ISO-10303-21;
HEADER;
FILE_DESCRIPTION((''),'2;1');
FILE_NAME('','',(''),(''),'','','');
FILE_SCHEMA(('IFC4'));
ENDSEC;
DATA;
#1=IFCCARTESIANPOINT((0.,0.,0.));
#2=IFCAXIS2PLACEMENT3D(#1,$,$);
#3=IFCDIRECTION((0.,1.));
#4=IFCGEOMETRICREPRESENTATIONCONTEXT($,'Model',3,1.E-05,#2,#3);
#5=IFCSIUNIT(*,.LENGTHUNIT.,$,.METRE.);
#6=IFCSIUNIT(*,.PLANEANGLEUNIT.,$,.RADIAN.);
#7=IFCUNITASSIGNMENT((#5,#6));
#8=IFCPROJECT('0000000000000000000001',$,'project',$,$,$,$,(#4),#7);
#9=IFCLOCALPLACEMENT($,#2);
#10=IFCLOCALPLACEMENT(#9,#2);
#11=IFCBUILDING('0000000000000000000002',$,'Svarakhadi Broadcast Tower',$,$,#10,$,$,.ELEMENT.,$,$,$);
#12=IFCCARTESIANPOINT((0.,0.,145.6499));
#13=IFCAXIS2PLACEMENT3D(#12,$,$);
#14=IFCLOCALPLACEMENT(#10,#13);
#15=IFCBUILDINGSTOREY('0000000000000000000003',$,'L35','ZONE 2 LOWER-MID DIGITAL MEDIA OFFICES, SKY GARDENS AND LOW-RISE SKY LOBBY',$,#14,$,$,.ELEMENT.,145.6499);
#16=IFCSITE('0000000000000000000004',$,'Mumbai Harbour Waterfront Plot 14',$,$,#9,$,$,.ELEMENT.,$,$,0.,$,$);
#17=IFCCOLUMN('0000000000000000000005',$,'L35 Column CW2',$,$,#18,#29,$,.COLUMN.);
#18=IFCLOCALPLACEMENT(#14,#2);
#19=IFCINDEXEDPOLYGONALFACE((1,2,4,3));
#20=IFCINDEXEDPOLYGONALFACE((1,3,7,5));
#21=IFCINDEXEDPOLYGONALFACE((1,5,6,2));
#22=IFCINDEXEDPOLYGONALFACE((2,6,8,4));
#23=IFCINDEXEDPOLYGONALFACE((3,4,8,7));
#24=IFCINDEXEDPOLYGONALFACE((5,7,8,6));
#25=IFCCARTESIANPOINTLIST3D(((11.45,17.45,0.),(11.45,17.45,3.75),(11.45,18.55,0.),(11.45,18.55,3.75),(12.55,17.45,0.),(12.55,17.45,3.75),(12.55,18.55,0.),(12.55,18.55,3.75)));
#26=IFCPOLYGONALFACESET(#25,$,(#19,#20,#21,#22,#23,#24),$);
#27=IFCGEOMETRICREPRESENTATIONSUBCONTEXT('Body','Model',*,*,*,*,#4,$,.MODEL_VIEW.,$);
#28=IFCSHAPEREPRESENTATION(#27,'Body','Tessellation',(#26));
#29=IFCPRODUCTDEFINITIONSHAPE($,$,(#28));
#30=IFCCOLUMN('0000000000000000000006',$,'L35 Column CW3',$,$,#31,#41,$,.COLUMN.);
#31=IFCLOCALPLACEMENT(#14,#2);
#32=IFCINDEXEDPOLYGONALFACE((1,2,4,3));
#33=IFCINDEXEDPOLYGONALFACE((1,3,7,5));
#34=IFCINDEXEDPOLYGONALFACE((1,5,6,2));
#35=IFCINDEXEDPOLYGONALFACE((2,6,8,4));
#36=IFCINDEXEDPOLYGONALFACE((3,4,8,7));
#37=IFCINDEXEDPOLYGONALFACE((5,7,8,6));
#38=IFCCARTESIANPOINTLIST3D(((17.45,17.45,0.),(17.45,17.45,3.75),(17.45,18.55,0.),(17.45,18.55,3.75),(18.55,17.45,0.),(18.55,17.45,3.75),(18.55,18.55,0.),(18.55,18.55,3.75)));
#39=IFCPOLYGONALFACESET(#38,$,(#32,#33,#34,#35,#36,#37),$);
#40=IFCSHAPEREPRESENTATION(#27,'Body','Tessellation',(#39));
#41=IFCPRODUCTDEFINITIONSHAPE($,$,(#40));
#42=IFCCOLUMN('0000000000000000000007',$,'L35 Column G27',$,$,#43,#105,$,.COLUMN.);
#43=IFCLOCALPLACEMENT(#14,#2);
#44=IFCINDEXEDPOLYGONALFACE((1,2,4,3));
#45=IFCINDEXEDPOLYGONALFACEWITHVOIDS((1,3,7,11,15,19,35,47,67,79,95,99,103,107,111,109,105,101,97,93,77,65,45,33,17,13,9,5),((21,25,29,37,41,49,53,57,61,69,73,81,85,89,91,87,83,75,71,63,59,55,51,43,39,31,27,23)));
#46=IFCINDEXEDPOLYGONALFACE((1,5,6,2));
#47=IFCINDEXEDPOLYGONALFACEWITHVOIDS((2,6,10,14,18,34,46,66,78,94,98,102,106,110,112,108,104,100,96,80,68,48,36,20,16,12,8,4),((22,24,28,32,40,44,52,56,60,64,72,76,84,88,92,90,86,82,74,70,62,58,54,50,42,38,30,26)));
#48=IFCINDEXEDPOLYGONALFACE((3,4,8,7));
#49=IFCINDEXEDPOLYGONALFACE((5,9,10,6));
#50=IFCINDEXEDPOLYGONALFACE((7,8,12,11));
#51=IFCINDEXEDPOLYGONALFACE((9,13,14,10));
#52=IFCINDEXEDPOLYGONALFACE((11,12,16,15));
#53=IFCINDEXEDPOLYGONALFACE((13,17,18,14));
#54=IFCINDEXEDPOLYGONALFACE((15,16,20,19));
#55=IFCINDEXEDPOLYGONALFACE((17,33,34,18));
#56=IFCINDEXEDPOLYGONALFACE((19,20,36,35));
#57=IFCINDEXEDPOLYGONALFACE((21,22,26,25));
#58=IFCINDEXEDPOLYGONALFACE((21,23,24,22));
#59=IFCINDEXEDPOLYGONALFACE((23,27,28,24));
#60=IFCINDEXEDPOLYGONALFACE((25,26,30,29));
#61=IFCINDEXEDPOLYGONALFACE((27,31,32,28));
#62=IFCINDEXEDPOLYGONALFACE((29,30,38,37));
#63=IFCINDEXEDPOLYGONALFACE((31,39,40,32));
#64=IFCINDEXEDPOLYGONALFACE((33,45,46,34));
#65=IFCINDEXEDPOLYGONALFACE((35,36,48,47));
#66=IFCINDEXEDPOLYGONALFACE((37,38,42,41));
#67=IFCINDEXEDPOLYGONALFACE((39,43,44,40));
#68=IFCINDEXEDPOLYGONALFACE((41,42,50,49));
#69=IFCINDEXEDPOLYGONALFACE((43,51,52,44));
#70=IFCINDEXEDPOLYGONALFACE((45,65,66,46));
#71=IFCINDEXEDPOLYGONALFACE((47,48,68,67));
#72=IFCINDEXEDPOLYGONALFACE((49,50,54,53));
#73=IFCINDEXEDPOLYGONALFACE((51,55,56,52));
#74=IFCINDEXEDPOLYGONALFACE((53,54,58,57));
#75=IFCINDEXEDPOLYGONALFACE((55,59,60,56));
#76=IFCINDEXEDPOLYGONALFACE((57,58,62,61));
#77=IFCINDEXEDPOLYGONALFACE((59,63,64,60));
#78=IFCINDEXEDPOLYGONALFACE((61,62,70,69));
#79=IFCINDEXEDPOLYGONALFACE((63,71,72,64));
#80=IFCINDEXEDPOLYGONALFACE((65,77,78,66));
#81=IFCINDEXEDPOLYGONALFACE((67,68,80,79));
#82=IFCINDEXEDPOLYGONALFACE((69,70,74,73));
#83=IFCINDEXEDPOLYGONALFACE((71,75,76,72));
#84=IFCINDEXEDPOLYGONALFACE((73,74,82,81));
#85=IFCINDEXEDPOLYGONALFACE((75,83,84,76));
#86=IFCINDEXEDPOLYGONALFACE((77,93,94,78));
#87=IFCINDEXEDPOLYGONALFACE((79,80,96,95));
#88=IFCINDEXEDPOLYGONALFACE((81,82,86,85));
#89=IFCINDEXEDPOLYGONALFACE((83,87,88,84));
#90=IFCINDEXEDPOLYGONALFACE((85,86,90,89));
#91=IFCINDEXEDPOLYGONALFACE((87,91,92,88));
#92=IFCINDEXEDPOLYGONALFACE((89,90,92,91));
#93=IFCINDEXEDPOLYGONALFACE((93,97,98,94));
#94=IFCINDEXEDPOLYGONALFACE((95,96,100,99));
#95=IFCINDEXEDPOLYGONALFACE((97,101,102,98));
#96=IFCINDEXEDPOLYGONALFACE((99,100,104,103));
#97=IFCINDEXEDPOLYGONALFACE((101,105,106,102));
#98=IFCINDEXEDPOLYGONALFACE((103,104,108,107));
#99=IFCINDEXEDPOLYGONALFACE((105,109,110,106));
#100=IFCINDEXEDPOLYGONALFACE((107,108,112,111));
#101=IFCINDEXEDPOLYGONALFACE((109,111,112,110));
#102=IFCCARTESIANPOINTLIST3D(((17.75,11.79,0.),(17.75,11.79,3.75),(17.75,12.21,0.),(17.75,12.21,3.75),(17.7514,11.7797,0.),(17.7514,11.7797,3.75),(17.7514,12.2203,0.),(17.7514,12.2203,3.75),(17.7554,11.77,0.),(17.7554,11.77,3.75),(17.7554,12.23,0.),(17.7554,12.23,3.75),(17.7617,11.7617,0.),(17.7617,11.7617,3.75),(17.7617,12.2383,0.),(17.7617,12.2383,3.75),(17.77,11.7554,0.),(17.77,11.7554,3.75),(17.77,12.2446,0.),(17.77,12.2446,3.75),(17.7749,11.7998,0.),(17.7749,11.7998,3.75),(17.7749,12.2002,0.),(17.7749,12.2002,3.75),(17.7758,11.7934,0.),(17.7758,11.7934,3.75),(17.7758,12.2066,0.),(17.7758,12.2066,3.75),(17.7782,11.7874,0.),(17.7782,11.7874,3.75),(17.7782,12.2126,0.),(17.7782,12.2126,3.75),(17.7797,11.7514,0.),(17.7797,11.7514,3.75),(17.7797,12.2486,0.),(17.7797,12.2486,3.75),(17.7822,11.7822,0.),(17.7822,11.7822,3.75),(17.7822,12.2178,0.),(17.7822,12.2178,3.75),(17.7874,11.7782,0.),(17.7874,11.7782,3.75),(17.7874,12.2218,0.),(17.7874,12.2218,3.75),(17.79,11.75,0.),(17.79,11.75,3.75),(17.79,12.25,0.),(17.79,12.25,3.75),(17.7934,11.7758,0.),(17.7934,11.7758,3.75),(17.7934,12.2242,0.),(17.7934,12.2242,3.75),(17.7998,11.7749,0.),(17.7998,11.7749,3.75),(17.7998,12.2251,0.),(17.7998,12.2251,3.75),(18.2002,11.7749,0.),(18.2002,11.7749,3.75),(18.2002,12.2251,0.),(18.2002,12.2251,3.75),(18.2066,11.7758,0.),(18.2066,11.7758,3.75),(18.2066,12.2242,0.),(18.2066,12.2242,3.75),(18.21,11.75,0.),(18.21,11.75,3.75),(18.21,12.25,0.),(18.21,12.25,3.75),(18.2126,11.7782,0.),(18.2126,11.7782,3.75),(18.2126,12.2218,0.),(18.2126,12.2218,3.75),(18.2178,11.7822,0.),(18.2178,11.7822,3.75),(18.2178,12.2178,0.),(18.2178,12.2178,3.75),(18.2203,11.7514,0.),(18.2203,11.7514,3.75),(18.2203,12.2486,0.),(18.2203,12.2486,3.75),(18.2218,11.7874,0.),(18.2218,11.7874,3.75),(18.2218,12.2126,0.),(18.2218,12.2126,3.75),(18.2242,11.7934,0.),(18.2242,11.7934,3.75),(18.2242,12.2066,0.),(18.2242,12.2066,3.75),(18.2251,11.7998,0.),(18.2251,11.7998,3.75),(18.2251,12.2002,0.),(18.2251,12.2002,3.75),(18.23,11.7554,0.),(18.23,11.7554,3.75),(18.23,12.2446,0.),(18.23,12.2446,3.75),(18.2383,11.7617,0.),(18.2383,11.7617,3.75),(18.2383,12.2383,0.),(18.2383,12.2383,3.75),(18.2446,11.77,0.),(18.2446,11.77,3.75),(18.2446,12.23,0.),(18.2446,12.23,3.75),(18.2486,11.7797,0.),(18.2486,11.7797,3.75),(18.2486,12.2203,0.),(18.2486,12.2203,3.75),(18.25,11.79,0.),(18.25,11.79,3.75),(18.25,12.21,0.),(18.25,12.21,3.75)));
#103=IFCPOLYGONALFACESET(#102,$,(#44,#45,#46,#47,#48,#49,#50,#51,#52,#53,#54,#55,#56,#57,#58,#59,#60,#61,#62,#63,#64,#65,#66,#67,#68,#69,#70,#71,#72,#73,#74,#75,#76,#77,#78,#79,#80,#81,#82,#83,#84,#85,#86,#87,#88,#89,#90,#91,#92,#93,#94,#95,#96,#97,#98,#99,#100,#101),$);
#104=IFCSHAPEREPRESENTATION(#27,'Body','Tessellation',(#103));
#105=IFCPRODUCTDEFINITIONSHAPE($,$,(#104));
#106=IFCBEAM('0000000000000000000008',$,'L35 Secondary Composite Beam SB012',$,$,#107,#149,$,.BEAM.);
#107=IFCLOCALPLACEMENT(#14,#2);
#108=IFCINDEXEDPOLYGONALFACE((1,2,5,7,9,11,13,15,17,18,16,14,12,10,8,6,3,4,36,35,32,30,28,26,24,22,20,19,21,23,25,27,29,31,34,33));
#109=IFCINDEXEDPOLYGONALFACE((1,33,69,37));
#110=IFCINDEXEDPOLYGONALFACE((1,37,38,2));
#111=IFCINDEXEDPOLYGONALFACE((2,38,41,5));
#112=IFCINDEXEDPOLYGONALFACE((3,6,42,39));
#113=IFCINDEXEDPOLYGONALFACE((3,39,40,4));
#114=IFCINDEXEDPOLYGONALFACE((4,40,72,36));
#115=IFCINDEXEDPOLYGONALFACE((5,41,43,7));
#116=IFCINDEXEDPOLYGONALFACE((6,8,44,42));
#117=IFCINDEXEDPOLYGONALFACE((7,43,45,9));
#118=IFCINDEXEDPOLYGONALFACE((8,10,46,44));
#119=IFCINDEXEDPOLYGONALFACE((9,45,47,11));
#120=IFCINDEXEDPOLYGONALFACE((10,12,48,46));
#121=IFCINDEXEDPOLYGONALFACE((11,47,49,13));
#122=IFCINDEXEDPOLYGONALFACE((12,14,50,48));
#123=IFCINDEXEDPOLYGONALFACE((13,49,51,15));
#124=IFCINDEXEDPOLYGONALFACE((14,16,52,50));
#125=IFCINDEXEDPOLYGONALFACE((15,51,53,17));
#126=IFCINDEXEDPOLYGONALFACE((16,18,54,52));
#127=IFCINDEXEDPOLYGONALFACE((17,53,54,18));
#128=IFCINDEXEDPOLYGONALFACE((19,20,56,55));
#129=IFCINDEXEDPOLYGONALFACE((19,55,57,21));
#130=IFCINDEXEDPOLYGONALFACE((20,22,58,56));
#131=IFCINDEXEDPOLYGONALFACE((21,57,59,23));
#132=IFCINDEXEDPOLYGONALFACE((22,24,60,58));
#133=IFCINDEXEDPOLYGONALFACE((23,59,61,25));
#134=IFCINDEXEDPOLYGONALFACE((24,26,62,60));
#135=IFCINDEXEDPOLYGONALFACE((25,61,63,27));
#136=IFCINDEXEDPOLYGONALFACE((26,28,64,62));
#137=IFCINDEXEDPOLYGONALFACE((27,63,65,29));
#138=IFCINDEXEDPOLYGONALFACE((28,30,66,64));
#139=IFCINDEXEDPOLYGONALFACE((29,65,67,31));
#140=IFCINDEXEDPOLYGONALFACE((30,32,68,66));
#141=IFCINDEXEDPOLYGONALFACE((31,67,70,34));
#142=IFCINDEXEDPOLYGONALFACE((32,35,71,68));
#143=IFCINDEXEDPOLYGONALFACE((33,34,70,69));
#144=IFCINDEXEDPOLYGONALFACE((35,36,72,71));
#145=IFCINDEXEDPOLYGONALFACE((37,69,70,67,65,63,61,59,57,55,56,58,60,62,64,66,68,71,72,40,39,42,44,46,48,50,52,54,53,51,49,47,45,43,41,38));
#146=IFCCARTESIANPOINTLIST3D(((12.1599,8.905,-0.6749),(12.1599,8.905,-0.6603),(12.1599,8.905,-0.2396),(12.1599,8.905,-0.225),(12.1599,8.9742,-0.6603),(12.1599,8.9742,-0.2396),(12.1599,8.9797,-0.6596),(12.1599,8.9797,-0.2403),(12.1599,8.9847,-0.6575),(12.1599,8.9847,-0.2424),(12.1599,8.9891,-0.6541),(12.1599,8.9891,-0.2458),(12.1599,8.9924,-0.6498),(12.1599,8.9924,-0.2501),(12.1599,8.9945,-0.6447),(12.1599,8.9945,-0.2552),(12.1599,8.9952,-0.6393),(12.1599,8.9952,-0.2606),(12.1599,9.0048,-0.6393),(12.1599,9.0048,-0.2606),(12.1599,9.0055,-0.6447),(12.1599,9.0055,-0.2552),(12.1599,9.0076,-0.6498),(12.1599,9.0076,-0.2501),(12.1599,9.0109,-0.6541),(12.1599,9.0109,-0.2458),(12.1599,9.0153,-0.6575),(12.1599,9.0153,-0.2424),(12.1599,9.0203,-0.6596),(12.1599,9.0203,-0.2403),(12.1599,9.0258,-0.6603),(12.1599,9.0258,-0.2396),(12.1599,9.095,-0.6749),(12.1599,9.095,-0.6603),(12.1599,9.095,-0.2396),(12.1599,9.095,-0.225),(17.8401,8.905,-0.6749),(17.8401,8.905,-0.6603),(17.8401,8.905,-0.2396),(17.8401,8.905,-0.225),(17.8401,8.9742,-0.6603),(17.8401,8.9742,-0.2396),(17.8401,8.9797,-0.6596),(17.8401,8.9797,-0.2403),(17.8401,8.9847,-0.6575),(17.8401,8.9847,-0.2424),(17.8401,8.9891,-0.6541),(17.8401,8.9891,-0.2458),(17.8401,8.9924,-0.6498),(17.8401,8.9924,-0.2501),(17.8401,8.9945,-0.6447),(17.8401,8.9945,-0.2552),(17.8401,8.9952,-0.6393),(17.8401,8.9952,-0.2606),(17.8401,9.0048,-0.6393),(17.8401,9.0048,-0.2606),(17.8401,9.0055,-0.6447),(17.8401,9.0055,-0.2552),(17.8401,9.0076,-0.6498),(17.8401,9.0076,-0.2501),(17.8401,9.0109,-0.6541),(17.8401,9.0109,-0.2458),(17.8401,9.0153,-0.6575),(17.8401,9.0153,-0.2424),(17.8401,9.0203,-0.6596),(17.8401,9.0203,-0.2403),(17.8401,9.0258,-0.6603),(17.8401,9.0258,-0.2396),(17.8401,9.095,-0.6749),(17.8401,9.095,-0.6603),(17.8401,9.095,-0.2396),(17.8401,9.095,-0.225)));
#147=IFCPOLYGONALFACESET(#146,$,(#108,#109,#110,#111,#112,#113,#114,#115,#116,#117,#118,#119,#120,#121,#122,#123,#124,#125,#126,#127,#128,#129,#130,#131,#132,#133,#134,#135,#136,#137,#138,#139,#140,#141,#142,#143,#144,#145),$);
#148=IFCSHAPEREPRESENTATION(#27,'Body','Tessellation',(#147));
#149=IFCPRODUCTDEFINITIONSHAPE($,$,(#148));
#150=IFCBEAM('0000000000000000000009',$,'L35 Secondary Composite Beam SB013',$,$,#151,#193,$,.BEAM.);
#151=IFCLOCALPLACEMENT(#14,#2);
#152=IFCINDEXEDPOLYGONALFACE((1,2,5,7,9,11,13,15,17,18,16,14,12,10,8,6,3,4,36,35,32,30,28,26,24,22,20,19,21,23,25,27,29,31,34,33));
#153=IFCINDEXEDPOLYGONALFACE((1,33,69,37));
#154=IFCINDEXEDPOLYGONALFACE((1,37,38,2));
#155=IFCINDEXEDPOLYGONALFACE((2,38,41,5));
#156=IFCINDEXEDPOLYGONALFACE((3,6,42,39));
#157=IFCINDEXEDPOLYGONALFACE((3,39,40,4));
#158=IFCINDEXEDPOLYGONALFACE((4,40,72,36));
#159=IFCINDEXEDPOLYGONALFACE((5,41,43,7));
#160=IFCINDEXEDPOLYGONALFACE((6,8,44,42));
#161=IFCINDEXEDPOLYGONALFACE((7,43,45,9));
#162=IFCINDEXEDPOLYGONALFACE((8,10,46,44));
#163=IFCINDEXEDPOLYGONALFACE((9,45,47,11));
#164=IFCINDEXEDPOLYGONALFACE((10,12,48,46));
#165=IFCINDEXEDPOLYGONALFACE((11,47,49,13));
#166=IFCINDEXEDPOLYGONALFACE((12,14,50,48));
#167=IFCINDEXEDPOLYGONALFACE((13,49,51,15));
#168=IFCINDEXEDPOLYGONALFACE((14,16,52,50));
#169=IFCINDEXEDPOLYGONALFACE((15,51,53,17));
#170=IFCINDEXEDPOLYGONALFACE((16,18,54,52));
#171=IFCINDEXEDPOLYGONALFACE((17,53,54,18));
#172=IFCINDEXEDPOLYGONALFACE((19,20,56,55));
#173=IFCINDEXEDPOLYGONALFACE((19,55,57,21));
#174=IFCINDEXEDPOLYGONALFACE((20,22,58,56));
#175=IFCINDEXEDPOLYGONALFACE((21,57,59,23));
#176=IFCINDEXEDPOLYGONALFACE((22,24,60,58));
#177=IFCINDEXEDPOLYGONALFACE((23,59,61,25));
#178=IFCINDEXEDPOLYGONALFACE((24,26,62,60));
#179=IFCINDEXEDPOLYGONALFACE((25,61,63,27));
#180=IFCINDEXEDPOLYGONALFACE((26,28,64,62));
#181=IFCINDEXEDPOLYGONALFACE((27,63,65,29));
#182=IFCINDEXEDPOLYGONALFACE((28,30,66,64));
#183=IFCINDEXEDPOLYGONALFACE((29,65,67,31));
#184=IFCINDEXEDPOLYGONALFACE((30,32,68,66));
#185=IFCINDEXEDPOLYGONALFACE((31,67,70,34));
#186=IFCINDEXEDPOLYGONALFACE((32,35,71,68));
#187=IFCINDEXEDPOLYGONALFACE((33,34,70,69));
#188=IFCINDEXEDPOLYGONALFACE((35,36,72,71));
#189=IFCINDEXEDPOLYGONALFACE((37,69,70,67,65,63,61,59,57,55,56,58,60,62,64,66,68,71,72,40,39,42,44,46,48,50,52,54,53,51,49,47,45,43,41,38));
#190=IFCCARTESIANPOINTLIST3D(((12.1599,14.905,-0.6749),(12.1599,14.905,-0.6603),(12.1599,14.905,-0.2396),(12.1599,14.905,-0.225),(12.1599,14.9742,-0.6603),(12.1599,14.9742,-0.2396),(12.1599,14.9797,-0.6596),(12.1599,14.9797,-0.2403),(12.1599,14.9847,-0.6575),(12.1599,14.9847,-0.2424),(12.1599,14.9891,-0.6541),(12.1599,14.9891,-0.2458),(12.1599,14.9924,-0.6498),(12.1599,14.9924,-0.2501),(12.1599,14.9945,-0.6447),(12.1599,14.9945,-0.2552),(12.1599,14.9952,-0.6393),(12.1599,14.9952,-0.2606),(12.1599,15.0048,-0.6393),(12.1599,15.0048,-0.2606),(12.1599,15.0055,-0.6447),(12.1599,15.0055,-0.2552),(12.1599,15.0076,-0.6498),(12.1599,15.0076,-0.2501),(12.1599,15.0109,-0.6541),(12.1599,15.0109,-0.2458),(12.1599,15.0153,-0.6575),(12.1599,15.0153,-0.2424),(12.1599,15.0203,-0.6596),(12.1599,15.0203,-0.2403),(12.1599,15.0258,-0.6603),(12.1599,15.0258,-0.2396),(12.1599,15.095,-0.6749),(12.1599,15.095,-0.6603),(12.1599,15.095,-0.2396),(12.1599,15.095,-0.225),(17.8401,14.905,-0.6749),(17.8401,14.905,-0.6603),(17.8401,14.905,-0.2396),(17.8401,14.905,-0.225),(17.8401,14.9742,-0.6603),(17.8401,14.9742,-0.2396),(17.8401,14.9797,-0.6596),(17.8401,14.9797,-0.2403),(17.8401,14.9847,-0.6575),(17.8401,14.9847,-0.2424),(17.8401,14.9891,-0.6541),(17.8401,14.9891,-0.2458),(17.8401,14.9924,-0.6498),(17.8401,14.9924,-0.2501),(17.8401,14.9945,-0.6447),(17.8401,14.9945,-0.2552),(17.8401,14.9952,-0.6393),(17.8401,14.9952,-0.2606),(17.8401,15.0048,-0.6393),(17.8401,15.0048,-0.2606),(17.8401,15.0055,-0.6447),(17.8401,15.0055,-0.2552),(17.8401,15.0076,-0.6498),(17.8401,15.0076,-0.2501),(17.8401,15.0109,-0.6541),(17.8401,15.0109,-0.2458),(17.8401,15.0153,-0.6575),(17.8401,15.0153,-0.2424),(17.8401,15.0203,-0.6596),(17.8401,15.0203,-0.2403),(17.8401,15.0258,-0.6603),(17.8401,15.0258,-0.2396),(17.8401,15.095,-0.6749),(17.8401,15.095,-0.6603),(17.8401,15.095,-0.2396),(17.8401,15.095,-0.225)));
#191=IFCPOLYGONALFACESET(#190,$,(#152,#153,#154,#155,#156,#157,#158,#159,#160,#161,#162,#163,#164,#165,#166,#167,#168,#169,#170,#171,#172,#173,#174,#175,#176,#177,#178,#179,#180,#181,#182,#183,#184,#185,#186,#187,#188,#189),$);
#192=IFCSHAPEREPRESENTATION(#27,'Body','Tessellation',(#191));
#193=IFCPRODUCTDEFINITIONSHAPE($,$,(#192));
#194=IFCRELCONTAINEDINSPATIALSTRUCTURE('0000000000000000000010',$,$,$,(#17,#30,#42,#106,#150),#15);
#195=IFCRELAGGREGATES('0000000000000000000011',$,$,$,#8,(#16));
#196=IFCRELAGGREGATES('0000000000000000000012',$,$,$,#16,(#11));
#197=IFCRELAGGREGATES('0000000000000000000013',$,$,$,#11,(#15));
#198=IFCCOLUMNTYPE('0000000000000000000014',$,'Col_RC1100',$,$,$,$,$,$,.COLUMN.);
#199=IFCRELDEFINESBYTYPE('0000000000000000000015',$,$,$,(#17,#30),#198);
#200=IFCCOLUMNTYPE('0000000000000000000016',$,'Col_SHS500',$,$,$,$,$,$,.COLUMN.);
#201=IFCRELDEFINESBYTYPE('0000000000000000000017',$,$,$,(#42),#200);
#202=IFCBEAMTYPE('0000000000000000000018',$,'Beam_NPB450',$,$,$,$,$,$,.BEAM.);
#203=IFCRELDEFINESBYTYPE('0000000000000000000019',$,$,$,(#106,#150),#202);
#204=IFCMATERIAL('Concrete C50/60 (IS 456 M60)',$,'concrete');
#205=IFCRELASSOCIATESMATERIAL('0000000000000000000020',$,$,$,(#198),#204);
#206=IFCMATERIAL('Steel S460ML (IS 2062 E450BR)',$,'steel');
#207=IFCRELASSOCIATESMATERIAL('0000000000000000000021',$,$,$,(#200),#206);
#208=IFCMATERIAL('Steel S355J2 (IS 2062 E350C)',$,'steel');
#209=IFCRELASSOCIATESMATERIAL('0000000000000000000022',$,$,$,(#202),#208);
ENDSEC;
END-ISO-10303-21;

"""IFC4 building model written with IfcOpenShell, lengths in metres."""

from ifc_helpers import new_model, si_unit, direction, frame, origin, origin_2d, place, context, subcontext, project, spatial, rectangle, hollow_rectangle, i_section, extrude, material, material_profile, profile_set, type_object, element, save


model = new_model("IFC4")

# Units and contexts
model_context = context("Model", 3, precision=1e-05, world=origin(), true_north=direction((0.0, 1.0)))
body_context = subcontext(model_context, "Body", "Model", "MODEL_VIEW")
ifc_project = project(units=[si_unit("LENGTHUNIT", "METRE"), si_unit("PLANEANGLEUNIT", "RADIAN")], contexts=[model_context])

# Site, building, storey
site_placement = place(None, origin())
site = spatial("IfcSite", under=ifc_project, at=site_placement, Name="Mumbai Harbour Waterfront Plot 14", CompositionType="ELEMENT", RefElevation=0.0)
building_placement = place(site_placement, origin())
building = spatial("IfcBuilding", under=site, at=building_placement, Name="Svarakhadi Broadcast Tower", CompositionType="ELEMENT")
storey_placement = place(building_placement, frame((0.0, 0.0, 145.6499)))
storey = spatial("IfcBuildingStorey", under=building, at=storey_placement, Name="L35", Description="ZONE 2 LOWER-MID DIGITAL MEDIA OFFICES, SKY GARDENS AND LOW-RISE SKY LOBBY", CompositionType="ELEMENT", Elevation=145.6499)

# Columns
ifc_material_1 = material(Name="Concrete C50/60 (IS 456 M60)", Category="concrete")
ifc_material_profile_1 = material_profile(ifc_material_1, rectangle(XDim=1.1001, YDim=1.1001, at=origin_2d()), Name="RC 1100x1100")
ifc_profile_set_1 = profile_set([ifc_material_profile_1], Name="Concrete C50/60 (IS 456 M60)")
column_type_1 = type_object("IfcColumnType", Name="Col_RC1100", PredefinedType="COLUMN", material=ifc_profile_set_1)
for number, where, z_axis, x_axis, name in (
    (1, (12.0, 18.0, 0.0), (0.0, 0.0, 1.0), (1.0, 0.0, 0.0), "L35 Column CW2"),
    (2, (18.0, 18.0, 0.0), (0.0, 0.0, 1.0), (1.0, 0.0, 0.0), "L35 Column CW3"),
):
    element("IfcColumn", number, at=place(storey_placement, frame(where, z_axis=z_axis, x_axis=x_axis)), inside=storey, type_object=column_type_1, Name=name, PredefinedType="COLUMN", context=body_context, shape_type="SweptSolid", body=[
        extrude(rectangle(XDim=1.1001, YDim=1.1001, at=origin_2d()), origin(), (0.0, 0.0, 1.0), 3.75),
    ])
ifc_material_2 = material(Name="Steel S460ML (IS 2062 E450BR)", Category="steel")
ifc_material_profile_2 = material_profile(ifc_material_2, hollow_rectangle(XDim=0.5, YDim=0.5, WallThickness=0.0249, InnerFilletRadius=0.0249, OuterFilletRadius=0.04, at=origin_2d()), Name="SHS 500x500x25")
ifc_profile_set_2 = profile_set([ifc_material_profile_2], Name="Steel S460ML (IS 2062 E450BR)")
column_type_2 = type_object("IfcColumnType", Name="Col_SHS500", PredefinedType="COLUMN", material=ifc_profile_set_2)
column_placement = place(storey_placement, frame((18.0, 12.0, 0.0), z_axis=(0.0, 0.0, 1.0), x_axis=(1.0, 0.0, 0.0)))
element("IfcColumn", 3, at=column_placement, inside=storey, type_object=column_type_2, Name="L35 Column G27", PredefinedType="COLUMN", context=body_context, shape_type="SweptSolid", body=[
    extrude(hollow_rectangle(XDim=0.5, YDim=0.5, WallThickness=0.0249, InnerFilletRadius=0.0249, OuterFilletRadius=0.04, at=origin_2d()), origin(), (0.0, 0.0, 1.0), 3.75),
])

# Beams
ifc_material_3 = material(Name="Steel S355J2 (IS 2062 E350C)", Category="steel")
ifc_material_profile_3 = material_profile(ifc_material_3, i_section(OverallWidth=0.1899, OverallDepth=0.45, WebThickness=0.0095, FlangeThickness=0.0146, FilletRadius=0.021, at=origin_2d()), Name="NPB 450x190x78")
ifc_profile_set_3 = profile_set([ifc_material_profile_3], Name="Steel S355J2 (IS 2062 E350C)")
beam_type_1 = type_object("IfcBeamType", Name="Beam_NPB450", PredefinedType="BEAM", material=ifc_profile_set_3)
for number, where, z_axis, x_axis, name in (
    (4, (12.1599, 9.0, -0.45), (1.0, 0.0, 0.0), (0.0, 1.0, 0.0), "L35 Secondary Composite Beam SB012"),
    (5, (12.1599, 15.0, -0.45), (1.0, 0.0, 0.0), (0.0, 1.0, 0.0), "L35 Secondary Composite Beam SB013"),
):
    element("IfcBeam", number, at=place(storey_placement, frame(where, z_axis=z_axis, x_axis=x_axis)), inside=storey, type_object=beam_type_1, Name=name, PredefinedType="BEAM", context=body_context, shape_type="SweptSolid", body=[
        extrude(i_section(OverallWidth=0.1899, OverallDepth=0.45, WebThickness=0.0095, FlangeThickness=0.0146, FilletRadius=0.021, at=origin_2d()), origin(), (0.0, 0.0, 1.0), 5.6802),
    ])

save(model, "model.ifc")
